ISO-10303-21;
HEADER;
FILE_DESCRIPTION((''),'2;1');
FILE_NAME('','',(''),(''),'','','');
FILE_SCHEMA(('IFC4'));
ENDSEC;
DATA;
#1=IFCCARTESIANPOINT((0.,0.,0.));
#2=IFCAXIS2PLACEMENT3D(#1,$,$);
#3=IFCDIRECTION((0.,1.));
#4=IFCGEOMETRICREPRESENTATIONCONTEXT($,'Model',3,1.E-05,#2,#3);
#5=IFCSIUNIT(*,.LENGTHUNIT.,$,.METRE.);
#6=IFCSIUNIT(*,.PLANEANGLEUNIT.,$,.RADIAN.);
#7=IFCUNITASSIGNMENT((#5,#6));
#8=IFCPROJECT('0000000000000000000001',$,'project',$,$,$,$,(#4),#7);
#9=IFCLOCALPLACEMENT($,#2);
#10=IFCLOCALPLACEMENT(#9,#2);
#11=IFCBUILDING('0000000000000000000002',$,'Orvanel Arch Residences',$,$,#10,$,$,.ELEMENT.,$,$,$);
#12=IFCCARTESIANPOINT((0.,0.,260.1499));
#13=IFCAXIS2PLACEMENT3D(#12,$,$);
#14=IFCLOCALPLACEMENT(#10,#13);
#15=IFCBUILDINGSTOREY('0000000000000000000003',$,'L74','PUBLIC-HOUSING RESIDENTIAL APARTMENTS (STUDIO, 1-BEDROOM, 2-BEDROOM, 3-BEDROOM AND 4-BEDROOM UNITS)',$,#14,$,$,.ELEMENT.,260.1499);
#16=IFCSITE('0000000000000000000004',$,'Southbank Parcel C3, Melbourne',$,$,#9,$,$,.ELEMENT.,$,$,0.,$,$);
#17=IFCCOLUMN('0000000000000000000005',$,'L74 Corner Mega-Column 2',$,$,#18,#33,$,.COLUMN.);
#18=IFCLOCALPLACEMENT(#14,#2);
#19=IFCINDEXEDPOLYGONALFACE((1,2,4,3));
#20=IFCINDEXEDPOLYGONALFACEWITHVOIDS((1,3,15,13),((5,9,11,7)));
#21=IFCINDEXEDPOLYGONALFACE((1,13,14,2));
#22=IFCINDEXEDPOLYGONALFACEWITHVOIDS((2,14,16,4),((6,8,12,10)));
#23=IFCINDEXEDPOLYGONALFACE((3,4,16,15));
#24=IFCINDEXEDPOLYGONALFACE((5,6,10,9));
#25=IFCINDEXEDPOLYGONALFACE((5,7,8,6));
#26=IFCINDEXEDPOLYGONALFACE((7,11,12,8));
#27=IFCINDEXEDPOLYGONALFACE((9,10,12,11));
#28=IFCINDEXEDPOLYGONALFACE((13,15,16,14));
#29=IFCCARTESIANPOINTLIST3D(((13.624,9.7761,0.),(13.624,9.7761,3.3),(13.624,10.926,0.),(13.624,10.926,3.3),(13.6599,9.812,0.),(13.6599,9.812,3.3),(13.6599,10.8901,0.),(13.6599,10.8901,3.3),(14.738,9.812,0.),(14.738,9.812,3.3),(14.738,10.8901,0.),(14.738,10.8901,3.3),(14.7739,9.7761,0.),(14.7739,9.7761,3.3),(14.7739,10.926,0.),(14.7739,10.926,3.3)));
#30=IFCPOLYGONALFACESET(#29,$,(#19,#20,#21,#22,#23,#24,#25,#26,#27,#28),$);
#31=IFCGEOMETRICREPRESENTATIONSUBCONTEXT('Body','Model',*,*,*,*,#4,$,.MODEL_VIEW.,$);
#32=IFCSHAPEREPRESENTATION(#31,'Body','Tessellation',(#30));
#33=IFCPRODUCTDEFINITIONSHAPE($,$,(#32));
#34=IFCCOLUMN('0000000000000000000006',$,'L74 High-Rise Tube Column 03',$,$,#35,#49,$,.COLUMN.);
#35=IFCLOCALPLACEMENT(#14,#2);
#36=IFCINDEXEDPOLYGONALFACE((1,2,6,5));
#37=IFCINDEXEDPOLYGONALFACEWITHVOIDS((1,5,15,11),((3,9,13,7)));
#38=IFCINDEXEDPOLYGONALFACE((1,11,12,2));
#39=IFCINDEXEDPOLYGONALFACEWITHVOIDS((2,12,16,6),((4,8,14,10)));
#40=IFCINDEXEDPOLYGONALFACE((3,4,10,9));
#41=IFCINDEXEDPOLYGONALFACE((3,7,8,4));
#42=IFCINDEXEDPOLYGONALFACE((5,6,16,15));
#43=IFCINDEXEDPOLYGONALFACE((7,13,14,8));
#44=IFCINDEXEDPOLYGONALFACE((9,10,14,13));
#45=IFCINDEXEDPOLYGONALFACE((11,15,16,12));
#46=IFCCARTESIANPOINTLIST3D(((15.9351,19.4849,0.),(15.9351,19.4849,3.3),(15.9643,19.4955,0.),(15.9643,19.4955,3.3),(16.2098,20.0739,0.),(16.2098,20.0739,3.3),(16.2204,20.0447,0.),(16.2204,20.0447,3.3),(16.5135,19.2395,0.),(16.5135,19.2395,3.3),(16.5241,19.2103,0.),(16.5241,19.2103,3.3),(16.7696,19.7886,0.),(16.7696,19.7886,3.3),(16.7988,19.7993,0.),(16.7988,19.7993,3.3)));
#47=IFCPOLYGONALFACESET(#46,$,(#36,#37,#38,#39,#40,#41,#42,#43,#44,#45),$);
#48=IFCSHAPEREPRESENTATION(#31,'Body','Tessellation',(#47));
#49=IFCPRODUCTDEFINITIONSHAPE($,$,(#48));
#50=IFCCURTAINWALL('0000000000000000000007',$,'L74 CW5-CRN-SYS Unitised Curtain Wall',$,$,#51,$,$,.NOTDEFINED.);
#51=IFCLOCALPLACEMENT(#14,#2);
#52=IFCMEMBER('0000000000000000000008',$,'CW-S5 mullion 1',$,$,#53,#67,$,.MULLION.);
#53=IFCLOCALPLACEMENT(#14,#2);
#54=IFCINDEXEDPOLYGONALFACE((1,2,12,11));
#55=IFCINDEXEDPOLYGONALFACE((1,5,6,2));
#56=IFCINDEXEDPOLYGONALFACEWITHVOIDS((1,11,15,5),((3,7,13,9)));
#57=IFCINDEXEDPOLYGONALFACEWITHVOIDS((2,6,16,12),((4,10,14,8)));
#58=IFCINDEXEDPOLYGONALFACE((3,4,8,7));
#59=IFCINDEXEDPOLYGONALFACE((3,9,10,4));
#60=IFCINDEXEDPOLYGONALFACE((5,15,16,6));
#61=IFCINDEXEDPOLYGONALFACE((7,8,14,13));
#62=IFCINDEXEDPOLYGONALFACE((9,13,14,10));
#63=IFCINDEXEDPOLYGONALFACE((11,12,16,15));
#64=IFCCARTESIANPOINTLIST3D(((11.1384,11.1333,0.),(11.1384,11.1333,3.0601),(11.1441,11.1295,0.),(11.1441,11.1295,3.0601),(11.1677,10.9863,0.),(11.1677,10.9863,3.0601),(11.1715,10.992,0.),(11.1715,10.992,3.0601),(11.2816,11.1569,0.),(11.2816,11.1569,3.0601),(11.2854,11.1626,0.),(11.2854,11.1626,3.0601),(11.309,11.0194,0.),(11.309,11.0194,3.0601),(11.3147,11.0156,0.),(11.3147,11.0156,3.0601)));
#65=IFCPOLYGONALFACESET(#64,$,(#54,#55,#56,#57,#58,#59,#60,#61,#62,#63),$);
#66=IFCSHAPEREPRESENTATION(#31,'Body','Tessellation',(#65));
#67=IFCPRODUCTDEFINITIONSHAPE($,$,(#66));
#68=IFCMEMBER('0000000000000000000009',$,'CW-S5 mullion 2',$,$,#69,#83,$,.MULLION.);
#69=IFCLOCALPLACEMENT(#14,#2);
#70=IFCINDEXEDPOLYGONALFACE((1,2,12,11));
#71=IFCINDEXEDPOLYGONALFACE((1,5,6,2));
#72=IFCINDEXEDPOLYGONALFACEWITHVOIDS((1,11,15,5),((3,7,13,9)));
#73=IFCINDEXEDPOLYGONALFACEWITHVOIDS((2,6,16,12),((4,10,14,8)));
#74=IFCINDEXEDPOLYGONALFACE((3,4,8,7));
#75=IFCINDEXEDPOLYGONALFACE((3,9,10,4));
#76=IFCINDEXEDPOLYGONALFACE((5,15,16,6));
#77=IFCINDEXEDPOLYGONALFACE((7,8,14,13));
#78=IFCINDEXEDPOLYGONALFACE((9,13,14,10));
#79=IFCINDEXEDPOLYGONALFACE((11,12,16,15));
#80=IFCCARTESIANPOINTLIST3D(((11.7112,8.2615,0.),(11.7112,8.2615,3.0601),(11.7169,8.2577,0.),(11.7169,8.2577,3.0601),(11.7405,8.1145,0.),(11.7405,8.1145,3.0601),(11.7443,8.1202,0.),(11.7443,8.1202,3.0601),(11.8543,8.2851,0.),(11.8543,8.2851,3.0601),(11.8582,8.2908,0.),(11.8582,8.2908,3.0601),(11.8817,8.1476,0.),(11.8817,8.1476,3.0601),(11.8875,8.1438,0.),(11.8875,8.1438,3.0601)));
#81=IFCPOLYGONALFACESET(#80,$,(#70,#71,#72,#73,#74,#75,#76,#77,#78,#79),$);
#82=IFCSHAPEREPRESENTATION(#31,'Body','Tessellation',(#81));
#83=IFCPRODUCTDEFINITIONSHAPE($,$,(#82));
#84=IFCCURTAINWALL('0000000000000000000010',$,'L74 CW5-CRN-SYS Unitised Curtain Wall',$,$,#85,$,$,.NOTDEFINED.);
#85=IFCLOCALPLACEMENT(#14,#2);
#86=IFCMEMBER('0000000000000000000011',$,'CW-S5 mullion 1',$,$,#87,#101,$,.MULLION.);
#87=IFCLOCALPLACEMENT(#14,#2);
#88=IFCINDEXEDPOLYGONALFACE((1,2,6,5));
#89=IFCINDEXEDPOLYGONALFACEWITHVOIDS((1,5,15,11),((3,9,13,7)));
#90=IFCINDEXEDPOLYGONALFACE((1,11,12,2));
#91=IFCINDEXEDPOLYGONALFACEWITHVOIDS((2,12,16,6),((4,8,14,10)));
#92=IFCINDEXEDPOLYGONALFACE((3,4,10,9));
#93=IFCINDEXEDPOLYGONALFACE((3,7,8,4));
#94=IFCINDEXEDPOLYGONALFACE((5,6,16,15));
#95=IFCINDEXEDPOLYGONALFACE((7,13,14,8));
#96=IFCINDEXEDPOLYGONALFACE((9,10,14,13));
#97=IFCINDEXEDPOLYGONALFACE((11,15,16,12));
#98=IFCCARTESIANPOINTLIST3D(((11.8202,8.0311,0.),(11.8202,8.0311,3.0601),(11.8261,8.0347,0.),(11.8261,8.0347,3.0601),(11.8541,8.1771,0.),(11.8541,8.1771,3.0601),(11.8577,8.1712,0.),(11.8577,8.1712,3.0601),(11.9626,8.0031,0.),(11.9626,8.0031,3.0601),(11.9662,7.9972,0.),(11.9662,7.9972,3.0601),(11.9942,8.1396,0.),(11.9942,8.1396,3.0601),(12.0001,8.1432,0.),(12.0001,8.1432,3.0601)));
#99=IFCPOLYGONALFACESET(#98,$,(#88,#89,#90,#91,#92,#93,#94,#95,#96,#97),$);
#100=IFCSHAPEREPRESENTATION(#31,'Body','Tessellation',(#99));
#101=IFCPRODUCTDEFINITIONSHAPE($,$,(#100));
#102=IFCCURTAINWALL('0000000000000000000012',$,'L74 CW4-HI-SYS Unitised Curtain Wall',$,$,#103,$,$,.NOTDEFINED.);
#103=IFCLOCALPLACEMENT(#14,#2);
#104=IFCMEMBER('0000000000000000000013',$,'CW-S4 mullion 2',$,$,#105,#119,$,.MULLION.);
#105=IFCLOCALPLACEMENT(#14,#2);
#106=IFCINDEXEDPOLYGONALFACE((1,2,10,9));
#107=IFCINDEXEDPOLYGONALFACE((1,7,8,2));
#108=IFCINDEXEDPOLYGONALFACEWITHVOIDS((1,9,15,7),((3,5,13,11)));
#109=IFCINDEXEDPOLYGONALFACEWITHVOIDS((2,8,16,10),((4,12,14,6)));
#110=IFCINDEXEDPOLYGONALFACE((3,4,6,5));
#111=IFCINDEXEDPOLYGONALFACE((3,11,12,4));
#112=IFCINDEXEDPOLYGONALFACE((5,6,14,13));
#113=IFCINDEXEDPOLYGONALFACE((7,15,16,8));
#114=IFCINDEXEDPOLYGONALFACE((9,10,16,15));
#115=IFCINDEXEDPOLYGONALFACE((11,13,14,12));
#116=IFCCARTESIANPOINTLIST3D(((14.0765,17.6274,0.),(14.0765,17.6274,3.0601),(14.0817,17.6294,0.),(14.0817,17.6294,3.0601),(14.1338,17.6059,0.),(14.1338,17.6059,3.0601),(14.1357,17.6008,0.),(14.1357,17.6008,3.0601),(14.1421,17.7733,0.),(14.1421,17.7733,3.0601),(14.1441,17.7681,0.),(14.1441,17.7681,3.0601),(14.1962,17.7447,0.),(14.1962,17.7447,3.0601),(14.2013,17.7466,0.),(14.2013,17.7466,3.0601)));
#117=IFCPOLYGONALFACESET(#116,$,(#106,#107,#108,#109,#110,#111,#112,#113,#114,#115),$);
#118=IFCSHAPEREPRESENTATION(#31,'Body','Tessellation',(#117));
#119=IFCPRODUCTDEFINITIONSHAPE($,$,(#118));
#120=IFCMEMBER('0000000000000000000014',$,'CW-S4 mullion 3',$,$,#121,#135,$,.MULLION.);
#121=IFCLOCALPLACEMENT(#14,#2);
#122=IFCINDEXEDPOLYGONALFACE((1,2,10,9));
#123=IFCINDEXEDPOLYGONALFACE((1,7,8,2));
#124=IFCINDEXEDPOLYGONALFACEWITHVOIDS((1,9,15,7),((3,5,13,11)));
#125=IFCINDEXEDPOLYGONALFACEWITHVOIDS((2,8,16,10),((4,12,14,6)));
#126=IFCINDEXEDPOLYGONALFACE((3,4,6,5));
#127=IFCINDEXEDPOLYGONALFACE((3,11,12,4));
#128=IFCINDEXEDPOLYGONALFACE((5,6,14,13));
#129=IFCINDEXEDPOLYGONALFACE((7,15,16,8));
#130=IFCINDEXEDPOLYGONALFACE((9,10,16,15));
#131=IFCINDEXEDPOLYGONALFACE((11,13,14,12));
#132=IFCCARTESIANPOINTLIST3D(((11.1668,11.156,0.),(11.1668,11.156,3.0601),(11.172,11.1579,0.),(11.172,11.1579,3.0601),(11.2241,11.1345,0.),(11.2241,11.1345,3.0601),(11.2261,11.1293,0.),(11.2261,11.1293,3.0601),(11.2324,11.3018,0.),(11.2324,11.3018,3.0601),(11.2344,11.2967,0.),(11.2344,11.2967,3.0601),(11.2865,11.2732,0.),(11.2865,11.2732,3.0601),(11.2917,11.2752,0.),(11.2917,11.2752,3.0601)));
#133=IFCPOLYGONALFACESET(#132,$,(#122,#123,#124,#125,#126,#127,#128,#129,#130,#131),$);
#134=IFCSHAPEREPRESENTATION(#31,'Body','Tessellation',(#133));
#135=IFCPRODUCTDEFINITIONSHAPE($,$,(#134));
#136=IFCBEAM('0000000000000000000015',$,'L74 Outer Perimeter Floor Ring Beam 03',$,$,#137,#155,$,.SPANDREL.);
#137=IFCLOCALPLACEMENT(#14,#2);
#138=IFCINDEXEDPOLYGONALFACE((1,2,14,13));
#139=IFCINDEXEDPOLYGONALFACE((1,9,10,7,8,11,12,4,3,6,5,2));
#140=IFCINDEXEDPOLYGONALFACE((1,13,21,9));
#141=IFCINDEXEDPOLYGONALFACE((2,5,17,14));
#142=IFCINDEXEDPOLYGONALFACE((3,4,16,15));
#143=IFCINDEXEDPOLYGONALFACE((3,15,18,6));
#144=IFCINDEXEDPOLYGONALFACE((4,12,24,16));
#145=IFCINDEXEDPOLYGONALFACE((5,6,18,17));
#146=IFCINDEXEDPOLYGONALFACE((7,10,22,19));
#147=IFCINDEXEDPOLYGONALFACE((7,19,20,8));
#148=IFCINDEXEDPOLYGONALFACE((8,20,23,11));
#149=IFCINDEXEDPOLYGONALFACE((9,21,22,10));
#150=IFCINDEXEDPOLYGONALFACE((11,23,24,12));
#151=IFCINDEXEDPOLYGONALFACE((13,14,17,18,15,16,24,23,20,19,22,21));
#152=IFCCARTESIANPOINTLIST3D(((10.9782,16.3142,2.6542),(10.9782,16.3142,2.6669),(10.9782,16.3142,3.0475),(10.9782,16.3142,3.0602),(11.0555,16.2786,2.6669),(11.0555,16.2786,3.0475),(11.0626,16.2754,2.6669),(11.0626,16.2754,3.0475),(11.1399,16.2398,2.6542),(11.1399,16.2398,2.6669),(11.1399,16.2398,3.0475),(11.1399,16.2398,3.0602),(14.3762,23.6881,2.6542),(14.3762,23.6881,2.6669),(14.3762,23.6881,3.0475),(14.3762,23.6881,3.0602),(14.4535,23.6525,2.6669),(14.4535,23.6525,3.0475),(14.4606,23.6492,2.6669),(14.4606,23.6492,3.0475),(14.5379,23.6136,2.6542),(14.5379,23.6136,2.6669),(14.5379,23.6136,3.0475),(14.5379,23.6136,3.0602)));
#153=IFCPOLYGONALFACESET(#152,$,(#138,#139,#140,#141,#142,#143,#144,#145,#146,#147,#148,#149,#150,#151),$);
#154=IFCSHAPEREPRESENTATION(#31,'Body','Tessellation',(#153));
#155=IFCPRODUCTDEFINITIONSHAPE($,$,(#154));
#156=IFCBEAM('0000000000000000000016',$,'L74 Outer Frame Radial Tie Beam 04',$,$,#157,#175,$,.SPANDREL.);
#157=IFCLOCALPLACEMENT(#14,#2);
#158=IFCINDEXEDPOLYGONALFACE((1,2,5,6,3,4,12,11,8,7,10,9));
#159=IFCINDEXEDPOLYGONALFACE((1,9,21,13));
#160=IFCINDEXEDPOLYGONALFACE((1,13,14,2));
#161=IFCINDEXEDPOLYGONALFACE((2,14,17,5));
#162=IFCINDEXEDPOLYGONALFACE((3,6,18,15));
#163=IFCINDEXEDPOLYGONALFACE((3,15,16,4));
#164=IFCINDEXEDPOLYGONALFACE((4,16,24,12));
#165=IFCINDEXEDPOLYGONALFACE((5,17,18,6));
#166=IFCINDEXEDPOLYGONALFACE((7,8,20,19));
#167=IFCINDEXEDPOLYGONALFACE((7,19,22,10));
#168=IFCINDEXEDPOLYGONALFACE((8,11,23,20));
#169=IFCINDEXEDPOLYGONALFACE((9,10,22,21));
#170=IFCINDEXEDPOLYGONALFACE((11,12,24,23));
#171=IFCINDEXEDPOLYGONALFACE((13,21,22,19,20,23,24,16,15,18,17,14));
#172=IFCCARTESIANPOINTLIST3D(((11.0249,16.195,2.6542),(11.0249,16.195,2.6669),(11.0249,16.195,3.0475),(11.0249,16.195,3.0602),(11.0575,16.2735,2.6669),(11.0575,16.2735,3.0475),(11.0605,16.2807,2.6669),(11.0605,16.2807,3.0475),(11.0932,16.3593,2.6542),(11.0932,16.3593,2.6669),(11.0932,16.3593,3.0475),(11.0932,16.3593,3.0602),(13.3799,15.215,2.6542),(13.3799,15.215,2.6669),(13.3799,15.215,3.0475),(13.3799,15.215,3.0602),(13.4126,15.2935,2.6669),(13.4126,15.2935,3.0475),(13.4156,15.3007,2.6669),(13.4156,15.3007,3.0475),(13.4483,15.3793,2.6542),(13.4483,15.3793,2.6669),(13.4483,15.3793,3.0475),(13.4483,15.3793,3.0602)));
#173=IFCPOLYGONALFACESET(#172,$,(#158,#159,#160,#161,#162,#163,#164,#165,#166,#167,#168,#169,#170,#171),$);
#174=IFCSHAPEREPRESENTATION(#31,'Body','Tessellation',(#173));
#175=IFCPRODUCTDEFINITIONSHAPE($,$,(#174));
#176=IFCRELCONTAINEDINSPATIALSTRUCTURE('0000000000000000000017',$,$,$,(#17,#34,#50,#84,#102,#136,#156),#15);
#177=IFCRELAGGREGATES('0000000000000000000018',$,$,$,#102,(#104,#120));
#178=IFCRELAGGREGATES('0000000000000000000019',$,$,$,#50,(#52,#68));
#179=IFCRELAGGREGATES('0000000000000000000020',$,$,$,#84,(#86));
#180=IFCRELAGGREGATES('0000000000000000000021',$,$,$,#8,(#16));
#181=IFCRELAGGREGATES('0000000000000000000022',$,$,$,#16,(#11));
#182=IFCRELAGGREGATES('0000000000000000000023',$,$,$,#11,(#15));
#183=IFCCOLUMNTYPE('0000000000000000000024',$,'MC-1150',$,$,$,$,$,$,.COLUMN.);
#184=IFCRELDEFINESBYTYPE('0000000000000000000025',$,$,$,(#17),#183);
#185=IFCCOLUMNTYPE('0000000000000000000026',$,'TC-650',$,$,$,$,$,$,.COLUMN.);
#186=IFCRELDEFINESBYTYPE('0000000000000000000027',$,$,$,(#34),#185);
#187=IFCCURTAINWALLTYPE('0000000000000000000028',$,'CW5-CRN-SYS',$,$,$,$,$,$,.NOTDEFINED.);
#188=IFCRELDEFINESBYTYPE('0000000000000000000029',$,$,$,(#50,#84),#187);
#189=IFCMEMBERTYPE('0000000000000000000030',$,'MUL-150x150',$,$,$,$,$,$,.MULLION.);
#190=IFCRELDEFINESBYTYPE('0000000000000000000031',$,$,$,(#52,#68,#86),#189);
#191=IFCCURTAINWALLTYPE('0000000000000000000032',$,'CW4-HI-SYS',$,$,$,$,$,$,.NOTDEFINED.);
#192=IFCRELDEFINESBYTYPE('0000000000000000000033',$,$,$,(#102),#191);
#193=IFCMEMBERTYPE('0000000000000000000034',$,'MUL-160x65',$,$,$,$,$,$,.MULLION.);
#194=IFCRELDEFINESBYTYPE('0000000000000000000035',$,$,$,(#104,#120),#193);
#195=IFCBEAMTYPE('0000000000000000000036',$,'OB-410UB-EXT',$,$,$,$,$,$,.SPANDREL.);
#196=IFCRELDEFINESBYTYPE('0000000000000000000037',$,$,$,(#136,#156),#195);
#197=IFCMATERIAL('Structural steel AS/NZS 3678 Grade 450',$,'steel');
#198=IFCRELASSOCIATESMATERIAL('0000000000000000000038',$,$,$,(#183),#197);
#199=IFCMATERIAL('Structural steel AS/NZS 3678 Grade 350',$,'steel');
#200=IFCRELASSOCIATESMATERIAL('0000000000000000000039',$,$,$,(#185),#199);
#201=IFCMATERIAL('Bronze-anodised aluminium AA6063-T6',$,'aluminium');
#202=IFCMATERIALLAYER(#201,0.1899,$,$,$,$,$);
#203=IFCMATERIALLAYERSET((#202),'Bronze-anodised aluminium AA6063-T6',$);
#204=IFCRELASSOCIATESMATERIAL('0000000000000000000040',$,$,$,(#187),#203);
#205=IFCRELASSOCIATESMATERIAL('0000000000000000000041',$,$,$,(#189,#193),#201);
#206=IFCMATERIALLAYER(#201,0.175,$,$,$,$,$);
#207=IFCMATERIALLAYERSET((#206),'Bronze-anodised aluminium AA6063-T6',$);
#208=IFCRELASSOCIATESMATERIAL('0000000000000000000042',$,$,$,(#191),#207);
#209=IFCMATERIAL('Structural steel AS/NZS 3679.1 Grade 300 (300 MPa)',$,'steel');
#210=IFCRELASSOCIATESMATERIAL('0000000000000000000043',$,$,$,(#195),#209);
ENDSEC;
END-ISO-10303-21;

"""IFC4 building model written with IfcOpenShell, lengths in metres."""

from ifc_helpers import new_model, si_unit, direction, frame, origin, origin_2d, place, context, subcontext, project, spatial, hollow_rectangle, i_section, extrude, material, layer, layer_set, material_profile, profile_set, type_object, element, aggregate, save


model = new_model("IFC4")

# Units and contexts
model_context = context("Model", 3, precision=1e-05, world=origin(), true_north=direction((0.0, 1.0)))
body_context = subcontext(model_context, "Body", "Model", "MODEL_VIEW")
ifc_project = project(units=[si_unit("LENGTHUNIT", "METRE"), si_unit("PLANEANGLEUNIT", "RADIAN")], contexts=[model_context])

# Site, building, storey
site_placement = place(None, origin())
site = spatial("IfcSite", under=ifc_project, at=site_placement, Name="Southbank Parcel C3, Melbourne", CompositionType="ELEMENT", RefElevation=0.0)
building_placement = place(site_placement, origin())
building = spatial("IfcBuilding", under=site, at=building_placement, Name="Orvanel Arch Residences", CompositionType="ELEMENT")
storey_placement = place(building_placement, frame((0.0, 0.0, 260.1499)))
storey = spatial("IfcBuildingStorey", under=building, at=storey_placement, Name="L74", Description="PUBLIC-HOUSING RESIDENTIAL APARTMENTS (STUDIO, 1-BEDROOM, 2-BEDROOM, 3-BEDROOM AND 4-BEDROOM UNITS)", CompositionType="ELEMENT", Elevation=260.1499)

# Columns
ifc_material_1 = material(Name="Structural steel AS/NZS 3678 Grade 450", Category="steel")
ifc_material_profile_1 = material_profile(ifc_material_1, hollow_rectangle(XDim=1.1499, YDim=1.1499, WallThickness=0.0359, at=origin_2d()), Name="BOX1150x1150x36")
ifc_profile_set_1 = profile_set([ifc_material_profile_1], Name="Structural steel AS/NZS 3678 Grade 450")
column_type_1 = type_object("IfcColumnType", Name="MC-1150", PredefinedType="COLUMN", material=ifc_profile_set_1)
column_1_placement = place(storey_placement, frame((14.199, 10.3511, 0.0), z_axis=(0.0, 0.0, 1.0), x_axis=(1.0, 0.0, 0.0)))
element("IfcColumn", 1, at=column_1_placement, inside=storey, type_object=column_type_1, Name="L74 Corner Mega-Column 2", PredefinedType="COLUMN", context=body_context, shape_type="SweptSolid", body=[
    extrude(hollow_rectangle(XDim=1.1499, YDim=1.1499, WallThickness=0.0359, at=origin_2d()), origin(), (0.0, 0.0, 1.0), 3.3),
])
ifc_material_2 = material(Name="Structural steel AS/NZS 3678 Grade 350", Category="steel")
ifc_material_profile_2 = material_profile(ifc_material_2, hollow_rectangle(XDim=0.6499, YDim=0.6499, WallThickness=0.022, at=origin_2d()), Name="BOX650x650x22")
ifc_profile_set_2 = profile_set([ifc_material_profile_2], Name="Structural steel AS/NZS 3678 Grade 350")
column_type_2 = type_object("IfcColumnType", Name="TC-650", PredefinedType="COLUMN", material=ifc_profile_set_2)
column_2_placement = place(storey_placement, frame((16.3669, 19.6421, 0.0), z_axis=(0.0, 0.0, 1.0), x_axis=(0.422618, 0.906308, 0.0)))
element("IfcColumn", 2, at=column_2_placement, inside=storey, type_object=column_type_2, Name="L74 High-Rise Tube Column 03", PredefinedType="COLUMN", context=body_context, shape_type="SweptSolid", body=[
    extrude(hollow_rectangle(XDim=0.6499, YDim=0.6499, WallThickness=0.022, at=origin_2d()), origin(), (0.0, 0.0, 1.0), 3.3),
])

# Curtain wall, members
ifc_material_3 = material(Name="Bronze-anodised aluminium AA6063-T6", Category="aluminium")
ifc_layer_1 = layer(ifc_material_3, 0.1899)
ifc_layer_set_1 = layer_set([ifc_layer_1], Name="Bronze-anodised aluminium AA6063-T6")
curtain_wall_type_1 = type_object("IfcCurtainWallType", Name="CW5-CRN-SYS", PredefinedType="NOTDEFINED", material=ifc_layer_set_1)
curtain_wall_1_placement = place(storey_placement, origin())
curtain_wall_1 = element("IfcCurtainWall", 3, at=curtain_wall_1_placement, inside=storey, type_object=curtain_wall_type_1, Name="L74 CW5-CRN-SYS Unitised Curtain Wall", PredefinedType="NOTDEFINED")
ifc_material_profile_3 = material_profile(ifc_material_3, hollow_rectangle(XDim=0.1499, YDim=0.1499, WallThickness=0.0049, at=origin_2d()), Name="ALU150x150x5")
ifc_profile_set_3 = profile_set([ifc_material_profile_3], Name="Bronze-anodised aluminium AA6063-T6")
member_type_1 = type_object("IfcMemberType", Name="MUL-150x150", PredefinedType="MULLION", material=ifc_profile_set_3)
member_1_placement = place(storey_placement, frame((11.2266, 11.0745, 0.0), z_axis=(0.0, 0.0, 1.0), x_axis=(0.980693, 0.195554, 0.0)))
member_1 = element("IfcMember", 4, at=member_1_placement, type_object=member_type_1, Name="CW-S5 mullion 1", PredefinedType="MULLION", context=body_context, shape_type="SweptSolid", body=[
    extrude(hollow_rectangle(XDim=0.1499, YDim=0.1499, WallThickness=0.0049, at=origin_2d()), origin(), (0.0, 0.0, 1.0), 3.0601),
])
member_2_placement = place(storey_placement, frame((11.7993, 8.2026, 0.0), z_axis=(0.0, 0.0, 1.0), x_axis=(0.980693, 0.195554, 0.0)))
member_2 = element("IfcMember", 5, at=member_2_placement, type_object=member_type_1, Name="CW-S5 mullion 2", PredefinedType="MULLION", context=body_context, shape_type="SweptSolid", body=[
    extrude(hollow_rectangle(XDim=0.1499, YDim=0.1499, WallThickness=0.0049, at=origin_2d()), origin(), (0.0, 0.0, 1.0), 3.0601),
])

# Curtain wall, member
curtain_wall_2_placement = place(storey_placement, origin())
curtain_wall_2 = element("IfcCurtainWall", 6, at=curtain_wall_2_placement, inside=storey, type_object=curtain_wall_type_1, Name="L74 CW5-CRN-SYS Unitised Curtain Wall", PredefinedType="NOTDEFINED")
member_3_placement = place(storey_placement, frame((11.9102, 8.0872, 0.0), z_axis=(0.0, 0.0, 1.0), x_axis=(0.22592, 0.974146, 0.0)))
member_3 = element("IfcMember", 7, at=member_3_placement, type_object=member_type_1, Name="CW-S5 mullion 1", PredefinedType="MULLION", context=body_context, shape_type="SweptSolid", body=[
    extrude(hollow_rectangle(XDim=0.1499, YDim=0.1499, WallThickness=0.0049, at=origin_2d()), origin(), (0.0, 0.0, 1.0), 3.0601),
])

# Curtain wall, members
ifc_layer_2 = layer(ifc_material_3, 0.175)
ifc_layer_set_2 = layer_set([ifc_layer_2], Name="Bronze-anodised aluminium AA6063-T6")
curtain_wall_type_2 = type_object("IfcCurtainWallType", Name="CW4-HI-SYS", PredefinedType="NOTDEFINED", material=ifc_layer_set_2)
curtain_wall_3_placement = place(storey_placement, origin())
curtain_wall_3 = element("IfcCurtainWall", 8, at=curtain_wall_3_placement, inside=storey, type_object=curtain_wall_type_2, Name="L74 CW4-HI-SYS Unitised Curtain Wall", PredefinedType="NOTDEFINED")
ifc_material_profile_4 = material_profile(ifc_material_3, hollow_rectangle(XDim=0.0649, YDim=0.1599, WallThickness=0.0039, at=origin_2d()), Name="ALU160x65x4")
ifc_profile_set_4 = profile_set([ifc_material_profile_4], Name="Bronze-anodised aluminium AA6063-T6")
member_type_2 = type_object("IfcMemberType", Name="MUL-160x65", PredefinedType="MULLION", material=ifc_profile_set_4)
member_4_placement = place(storey_placement, frame((14.1389, 17.687, 0.0), z_axis=(0.0, 0.0, 1.0), x_axis=(0.91205, -0.410079, 0.0)))
member_4 = element("IfcMember", 9, at=member_4_placement, type_object=member_type_2, Name="CW-S4 mullion 2", PredefinedType="MULLION", context=body_context, shape_type="SweptSolid", body=[
    extrude(hollow_rectangle(XDim=0.0649, YDim=0.1599, WallThickness=0.0039, at=origin_2d()), origin(), (0.0, 0.0, 1.0), 3.0601),
])
member_5_placement = place(storey_placement, frame((11.2292, 11.2156, 0.0), z_axis=(0.0, 0.0, 1.0), x_axis=(0.91205, -0.410079, 0.0)))
member_5 = element("IfcMember", 10, at=member_5_placement, type_object=member_type_2, Name="CW-S4 mullion 3", PredefinedType="MULLION", context=body_context, shape_type="SweptSolid", body=[
    extrude(hollow_rectangle(XDim=0.0649, YDim=0.1599, WallThickness=0.0039, at=origin_2d()), origin(), (0.0, 0.0, 1.0), 3.0601),
])

# Beams
ifc_material_4 = material(Name="Structural steel AS/NZS 3679.1 Grade 300 (300 MPa)", Category="steel")
ifc_material_profile_5 = material_profile(ifc_material_4, i_section(OverallWidth=0.178, OverallDepth=0.406, WebThickness=0.0078, FlangeThickness=0.0127, at=origin_2d()), Name="410UB59.7")
ifc_profile_set_5 = profile_set([ifc_material_profile_5], Name="Structural steel AS/NZS 3679.1 Grade 300 (300 MPa)")
beam_type_1 = type_object("IfcBeamType", Name="OB-410UB-EXT", PredefinedType="SPANDREL", material=ifc_profile_set_5)
beam_1_placement = place(storey_placement, frame((14.457, 23.6509, 2.8572), z_axis=(-0.418517, -0.908209, 0.0), x_axis=(0.908209, -0.418517, 0.0)))
element("IfcBeam", 11, at=beam_1_placement, inside=storey, type_object=beam_type_1, Name="L74 Outer Perimeter Floor Ring Beam 03", PredefinedType="SPANDREL", context=body_context, shape_type="SweptSolid", body=[
    extrude(i_section(OverallWidth=0.178, OverallDepth=0.406, WebThickness=0.0078, FlangeThickness=0.0127, at=origin_2d()), origin(), (0.0, 0.0, 1.0), 8.1191),
])
beam_2_placement = place(storey_placement, frame((13.4141, 15.2971, 2.8572), z_axis=(-0.923252, 0.384194, 0.0), x_axis=(-0.384194, -0.923252, 0.0)))
element("IfcBeam", 12, at=beam_2_placement, inside=storey, type_object=beam_type_1, Name="L74 Outer Frame Radial Tie Beam 04", PredefinedType="SPANDREL", context=body_context, shape_type="SweptSolid", body=[
    extrude(i_section(OverallWidth=0.178, OverallDepth=0.406, WebThickness=0.0078, FlangeThickness=0.0127, at=origin_2d()), origin(), (0.0, 0.0, 1.0), 2.5508),
])

aggregate(curtain_wall_3, [member_4, member_5])
aggregate(curtain_wall_1, [member_1, member_2])
aggregate(curtain_wall_2, [member_3])

save(model, "model.ifc")
